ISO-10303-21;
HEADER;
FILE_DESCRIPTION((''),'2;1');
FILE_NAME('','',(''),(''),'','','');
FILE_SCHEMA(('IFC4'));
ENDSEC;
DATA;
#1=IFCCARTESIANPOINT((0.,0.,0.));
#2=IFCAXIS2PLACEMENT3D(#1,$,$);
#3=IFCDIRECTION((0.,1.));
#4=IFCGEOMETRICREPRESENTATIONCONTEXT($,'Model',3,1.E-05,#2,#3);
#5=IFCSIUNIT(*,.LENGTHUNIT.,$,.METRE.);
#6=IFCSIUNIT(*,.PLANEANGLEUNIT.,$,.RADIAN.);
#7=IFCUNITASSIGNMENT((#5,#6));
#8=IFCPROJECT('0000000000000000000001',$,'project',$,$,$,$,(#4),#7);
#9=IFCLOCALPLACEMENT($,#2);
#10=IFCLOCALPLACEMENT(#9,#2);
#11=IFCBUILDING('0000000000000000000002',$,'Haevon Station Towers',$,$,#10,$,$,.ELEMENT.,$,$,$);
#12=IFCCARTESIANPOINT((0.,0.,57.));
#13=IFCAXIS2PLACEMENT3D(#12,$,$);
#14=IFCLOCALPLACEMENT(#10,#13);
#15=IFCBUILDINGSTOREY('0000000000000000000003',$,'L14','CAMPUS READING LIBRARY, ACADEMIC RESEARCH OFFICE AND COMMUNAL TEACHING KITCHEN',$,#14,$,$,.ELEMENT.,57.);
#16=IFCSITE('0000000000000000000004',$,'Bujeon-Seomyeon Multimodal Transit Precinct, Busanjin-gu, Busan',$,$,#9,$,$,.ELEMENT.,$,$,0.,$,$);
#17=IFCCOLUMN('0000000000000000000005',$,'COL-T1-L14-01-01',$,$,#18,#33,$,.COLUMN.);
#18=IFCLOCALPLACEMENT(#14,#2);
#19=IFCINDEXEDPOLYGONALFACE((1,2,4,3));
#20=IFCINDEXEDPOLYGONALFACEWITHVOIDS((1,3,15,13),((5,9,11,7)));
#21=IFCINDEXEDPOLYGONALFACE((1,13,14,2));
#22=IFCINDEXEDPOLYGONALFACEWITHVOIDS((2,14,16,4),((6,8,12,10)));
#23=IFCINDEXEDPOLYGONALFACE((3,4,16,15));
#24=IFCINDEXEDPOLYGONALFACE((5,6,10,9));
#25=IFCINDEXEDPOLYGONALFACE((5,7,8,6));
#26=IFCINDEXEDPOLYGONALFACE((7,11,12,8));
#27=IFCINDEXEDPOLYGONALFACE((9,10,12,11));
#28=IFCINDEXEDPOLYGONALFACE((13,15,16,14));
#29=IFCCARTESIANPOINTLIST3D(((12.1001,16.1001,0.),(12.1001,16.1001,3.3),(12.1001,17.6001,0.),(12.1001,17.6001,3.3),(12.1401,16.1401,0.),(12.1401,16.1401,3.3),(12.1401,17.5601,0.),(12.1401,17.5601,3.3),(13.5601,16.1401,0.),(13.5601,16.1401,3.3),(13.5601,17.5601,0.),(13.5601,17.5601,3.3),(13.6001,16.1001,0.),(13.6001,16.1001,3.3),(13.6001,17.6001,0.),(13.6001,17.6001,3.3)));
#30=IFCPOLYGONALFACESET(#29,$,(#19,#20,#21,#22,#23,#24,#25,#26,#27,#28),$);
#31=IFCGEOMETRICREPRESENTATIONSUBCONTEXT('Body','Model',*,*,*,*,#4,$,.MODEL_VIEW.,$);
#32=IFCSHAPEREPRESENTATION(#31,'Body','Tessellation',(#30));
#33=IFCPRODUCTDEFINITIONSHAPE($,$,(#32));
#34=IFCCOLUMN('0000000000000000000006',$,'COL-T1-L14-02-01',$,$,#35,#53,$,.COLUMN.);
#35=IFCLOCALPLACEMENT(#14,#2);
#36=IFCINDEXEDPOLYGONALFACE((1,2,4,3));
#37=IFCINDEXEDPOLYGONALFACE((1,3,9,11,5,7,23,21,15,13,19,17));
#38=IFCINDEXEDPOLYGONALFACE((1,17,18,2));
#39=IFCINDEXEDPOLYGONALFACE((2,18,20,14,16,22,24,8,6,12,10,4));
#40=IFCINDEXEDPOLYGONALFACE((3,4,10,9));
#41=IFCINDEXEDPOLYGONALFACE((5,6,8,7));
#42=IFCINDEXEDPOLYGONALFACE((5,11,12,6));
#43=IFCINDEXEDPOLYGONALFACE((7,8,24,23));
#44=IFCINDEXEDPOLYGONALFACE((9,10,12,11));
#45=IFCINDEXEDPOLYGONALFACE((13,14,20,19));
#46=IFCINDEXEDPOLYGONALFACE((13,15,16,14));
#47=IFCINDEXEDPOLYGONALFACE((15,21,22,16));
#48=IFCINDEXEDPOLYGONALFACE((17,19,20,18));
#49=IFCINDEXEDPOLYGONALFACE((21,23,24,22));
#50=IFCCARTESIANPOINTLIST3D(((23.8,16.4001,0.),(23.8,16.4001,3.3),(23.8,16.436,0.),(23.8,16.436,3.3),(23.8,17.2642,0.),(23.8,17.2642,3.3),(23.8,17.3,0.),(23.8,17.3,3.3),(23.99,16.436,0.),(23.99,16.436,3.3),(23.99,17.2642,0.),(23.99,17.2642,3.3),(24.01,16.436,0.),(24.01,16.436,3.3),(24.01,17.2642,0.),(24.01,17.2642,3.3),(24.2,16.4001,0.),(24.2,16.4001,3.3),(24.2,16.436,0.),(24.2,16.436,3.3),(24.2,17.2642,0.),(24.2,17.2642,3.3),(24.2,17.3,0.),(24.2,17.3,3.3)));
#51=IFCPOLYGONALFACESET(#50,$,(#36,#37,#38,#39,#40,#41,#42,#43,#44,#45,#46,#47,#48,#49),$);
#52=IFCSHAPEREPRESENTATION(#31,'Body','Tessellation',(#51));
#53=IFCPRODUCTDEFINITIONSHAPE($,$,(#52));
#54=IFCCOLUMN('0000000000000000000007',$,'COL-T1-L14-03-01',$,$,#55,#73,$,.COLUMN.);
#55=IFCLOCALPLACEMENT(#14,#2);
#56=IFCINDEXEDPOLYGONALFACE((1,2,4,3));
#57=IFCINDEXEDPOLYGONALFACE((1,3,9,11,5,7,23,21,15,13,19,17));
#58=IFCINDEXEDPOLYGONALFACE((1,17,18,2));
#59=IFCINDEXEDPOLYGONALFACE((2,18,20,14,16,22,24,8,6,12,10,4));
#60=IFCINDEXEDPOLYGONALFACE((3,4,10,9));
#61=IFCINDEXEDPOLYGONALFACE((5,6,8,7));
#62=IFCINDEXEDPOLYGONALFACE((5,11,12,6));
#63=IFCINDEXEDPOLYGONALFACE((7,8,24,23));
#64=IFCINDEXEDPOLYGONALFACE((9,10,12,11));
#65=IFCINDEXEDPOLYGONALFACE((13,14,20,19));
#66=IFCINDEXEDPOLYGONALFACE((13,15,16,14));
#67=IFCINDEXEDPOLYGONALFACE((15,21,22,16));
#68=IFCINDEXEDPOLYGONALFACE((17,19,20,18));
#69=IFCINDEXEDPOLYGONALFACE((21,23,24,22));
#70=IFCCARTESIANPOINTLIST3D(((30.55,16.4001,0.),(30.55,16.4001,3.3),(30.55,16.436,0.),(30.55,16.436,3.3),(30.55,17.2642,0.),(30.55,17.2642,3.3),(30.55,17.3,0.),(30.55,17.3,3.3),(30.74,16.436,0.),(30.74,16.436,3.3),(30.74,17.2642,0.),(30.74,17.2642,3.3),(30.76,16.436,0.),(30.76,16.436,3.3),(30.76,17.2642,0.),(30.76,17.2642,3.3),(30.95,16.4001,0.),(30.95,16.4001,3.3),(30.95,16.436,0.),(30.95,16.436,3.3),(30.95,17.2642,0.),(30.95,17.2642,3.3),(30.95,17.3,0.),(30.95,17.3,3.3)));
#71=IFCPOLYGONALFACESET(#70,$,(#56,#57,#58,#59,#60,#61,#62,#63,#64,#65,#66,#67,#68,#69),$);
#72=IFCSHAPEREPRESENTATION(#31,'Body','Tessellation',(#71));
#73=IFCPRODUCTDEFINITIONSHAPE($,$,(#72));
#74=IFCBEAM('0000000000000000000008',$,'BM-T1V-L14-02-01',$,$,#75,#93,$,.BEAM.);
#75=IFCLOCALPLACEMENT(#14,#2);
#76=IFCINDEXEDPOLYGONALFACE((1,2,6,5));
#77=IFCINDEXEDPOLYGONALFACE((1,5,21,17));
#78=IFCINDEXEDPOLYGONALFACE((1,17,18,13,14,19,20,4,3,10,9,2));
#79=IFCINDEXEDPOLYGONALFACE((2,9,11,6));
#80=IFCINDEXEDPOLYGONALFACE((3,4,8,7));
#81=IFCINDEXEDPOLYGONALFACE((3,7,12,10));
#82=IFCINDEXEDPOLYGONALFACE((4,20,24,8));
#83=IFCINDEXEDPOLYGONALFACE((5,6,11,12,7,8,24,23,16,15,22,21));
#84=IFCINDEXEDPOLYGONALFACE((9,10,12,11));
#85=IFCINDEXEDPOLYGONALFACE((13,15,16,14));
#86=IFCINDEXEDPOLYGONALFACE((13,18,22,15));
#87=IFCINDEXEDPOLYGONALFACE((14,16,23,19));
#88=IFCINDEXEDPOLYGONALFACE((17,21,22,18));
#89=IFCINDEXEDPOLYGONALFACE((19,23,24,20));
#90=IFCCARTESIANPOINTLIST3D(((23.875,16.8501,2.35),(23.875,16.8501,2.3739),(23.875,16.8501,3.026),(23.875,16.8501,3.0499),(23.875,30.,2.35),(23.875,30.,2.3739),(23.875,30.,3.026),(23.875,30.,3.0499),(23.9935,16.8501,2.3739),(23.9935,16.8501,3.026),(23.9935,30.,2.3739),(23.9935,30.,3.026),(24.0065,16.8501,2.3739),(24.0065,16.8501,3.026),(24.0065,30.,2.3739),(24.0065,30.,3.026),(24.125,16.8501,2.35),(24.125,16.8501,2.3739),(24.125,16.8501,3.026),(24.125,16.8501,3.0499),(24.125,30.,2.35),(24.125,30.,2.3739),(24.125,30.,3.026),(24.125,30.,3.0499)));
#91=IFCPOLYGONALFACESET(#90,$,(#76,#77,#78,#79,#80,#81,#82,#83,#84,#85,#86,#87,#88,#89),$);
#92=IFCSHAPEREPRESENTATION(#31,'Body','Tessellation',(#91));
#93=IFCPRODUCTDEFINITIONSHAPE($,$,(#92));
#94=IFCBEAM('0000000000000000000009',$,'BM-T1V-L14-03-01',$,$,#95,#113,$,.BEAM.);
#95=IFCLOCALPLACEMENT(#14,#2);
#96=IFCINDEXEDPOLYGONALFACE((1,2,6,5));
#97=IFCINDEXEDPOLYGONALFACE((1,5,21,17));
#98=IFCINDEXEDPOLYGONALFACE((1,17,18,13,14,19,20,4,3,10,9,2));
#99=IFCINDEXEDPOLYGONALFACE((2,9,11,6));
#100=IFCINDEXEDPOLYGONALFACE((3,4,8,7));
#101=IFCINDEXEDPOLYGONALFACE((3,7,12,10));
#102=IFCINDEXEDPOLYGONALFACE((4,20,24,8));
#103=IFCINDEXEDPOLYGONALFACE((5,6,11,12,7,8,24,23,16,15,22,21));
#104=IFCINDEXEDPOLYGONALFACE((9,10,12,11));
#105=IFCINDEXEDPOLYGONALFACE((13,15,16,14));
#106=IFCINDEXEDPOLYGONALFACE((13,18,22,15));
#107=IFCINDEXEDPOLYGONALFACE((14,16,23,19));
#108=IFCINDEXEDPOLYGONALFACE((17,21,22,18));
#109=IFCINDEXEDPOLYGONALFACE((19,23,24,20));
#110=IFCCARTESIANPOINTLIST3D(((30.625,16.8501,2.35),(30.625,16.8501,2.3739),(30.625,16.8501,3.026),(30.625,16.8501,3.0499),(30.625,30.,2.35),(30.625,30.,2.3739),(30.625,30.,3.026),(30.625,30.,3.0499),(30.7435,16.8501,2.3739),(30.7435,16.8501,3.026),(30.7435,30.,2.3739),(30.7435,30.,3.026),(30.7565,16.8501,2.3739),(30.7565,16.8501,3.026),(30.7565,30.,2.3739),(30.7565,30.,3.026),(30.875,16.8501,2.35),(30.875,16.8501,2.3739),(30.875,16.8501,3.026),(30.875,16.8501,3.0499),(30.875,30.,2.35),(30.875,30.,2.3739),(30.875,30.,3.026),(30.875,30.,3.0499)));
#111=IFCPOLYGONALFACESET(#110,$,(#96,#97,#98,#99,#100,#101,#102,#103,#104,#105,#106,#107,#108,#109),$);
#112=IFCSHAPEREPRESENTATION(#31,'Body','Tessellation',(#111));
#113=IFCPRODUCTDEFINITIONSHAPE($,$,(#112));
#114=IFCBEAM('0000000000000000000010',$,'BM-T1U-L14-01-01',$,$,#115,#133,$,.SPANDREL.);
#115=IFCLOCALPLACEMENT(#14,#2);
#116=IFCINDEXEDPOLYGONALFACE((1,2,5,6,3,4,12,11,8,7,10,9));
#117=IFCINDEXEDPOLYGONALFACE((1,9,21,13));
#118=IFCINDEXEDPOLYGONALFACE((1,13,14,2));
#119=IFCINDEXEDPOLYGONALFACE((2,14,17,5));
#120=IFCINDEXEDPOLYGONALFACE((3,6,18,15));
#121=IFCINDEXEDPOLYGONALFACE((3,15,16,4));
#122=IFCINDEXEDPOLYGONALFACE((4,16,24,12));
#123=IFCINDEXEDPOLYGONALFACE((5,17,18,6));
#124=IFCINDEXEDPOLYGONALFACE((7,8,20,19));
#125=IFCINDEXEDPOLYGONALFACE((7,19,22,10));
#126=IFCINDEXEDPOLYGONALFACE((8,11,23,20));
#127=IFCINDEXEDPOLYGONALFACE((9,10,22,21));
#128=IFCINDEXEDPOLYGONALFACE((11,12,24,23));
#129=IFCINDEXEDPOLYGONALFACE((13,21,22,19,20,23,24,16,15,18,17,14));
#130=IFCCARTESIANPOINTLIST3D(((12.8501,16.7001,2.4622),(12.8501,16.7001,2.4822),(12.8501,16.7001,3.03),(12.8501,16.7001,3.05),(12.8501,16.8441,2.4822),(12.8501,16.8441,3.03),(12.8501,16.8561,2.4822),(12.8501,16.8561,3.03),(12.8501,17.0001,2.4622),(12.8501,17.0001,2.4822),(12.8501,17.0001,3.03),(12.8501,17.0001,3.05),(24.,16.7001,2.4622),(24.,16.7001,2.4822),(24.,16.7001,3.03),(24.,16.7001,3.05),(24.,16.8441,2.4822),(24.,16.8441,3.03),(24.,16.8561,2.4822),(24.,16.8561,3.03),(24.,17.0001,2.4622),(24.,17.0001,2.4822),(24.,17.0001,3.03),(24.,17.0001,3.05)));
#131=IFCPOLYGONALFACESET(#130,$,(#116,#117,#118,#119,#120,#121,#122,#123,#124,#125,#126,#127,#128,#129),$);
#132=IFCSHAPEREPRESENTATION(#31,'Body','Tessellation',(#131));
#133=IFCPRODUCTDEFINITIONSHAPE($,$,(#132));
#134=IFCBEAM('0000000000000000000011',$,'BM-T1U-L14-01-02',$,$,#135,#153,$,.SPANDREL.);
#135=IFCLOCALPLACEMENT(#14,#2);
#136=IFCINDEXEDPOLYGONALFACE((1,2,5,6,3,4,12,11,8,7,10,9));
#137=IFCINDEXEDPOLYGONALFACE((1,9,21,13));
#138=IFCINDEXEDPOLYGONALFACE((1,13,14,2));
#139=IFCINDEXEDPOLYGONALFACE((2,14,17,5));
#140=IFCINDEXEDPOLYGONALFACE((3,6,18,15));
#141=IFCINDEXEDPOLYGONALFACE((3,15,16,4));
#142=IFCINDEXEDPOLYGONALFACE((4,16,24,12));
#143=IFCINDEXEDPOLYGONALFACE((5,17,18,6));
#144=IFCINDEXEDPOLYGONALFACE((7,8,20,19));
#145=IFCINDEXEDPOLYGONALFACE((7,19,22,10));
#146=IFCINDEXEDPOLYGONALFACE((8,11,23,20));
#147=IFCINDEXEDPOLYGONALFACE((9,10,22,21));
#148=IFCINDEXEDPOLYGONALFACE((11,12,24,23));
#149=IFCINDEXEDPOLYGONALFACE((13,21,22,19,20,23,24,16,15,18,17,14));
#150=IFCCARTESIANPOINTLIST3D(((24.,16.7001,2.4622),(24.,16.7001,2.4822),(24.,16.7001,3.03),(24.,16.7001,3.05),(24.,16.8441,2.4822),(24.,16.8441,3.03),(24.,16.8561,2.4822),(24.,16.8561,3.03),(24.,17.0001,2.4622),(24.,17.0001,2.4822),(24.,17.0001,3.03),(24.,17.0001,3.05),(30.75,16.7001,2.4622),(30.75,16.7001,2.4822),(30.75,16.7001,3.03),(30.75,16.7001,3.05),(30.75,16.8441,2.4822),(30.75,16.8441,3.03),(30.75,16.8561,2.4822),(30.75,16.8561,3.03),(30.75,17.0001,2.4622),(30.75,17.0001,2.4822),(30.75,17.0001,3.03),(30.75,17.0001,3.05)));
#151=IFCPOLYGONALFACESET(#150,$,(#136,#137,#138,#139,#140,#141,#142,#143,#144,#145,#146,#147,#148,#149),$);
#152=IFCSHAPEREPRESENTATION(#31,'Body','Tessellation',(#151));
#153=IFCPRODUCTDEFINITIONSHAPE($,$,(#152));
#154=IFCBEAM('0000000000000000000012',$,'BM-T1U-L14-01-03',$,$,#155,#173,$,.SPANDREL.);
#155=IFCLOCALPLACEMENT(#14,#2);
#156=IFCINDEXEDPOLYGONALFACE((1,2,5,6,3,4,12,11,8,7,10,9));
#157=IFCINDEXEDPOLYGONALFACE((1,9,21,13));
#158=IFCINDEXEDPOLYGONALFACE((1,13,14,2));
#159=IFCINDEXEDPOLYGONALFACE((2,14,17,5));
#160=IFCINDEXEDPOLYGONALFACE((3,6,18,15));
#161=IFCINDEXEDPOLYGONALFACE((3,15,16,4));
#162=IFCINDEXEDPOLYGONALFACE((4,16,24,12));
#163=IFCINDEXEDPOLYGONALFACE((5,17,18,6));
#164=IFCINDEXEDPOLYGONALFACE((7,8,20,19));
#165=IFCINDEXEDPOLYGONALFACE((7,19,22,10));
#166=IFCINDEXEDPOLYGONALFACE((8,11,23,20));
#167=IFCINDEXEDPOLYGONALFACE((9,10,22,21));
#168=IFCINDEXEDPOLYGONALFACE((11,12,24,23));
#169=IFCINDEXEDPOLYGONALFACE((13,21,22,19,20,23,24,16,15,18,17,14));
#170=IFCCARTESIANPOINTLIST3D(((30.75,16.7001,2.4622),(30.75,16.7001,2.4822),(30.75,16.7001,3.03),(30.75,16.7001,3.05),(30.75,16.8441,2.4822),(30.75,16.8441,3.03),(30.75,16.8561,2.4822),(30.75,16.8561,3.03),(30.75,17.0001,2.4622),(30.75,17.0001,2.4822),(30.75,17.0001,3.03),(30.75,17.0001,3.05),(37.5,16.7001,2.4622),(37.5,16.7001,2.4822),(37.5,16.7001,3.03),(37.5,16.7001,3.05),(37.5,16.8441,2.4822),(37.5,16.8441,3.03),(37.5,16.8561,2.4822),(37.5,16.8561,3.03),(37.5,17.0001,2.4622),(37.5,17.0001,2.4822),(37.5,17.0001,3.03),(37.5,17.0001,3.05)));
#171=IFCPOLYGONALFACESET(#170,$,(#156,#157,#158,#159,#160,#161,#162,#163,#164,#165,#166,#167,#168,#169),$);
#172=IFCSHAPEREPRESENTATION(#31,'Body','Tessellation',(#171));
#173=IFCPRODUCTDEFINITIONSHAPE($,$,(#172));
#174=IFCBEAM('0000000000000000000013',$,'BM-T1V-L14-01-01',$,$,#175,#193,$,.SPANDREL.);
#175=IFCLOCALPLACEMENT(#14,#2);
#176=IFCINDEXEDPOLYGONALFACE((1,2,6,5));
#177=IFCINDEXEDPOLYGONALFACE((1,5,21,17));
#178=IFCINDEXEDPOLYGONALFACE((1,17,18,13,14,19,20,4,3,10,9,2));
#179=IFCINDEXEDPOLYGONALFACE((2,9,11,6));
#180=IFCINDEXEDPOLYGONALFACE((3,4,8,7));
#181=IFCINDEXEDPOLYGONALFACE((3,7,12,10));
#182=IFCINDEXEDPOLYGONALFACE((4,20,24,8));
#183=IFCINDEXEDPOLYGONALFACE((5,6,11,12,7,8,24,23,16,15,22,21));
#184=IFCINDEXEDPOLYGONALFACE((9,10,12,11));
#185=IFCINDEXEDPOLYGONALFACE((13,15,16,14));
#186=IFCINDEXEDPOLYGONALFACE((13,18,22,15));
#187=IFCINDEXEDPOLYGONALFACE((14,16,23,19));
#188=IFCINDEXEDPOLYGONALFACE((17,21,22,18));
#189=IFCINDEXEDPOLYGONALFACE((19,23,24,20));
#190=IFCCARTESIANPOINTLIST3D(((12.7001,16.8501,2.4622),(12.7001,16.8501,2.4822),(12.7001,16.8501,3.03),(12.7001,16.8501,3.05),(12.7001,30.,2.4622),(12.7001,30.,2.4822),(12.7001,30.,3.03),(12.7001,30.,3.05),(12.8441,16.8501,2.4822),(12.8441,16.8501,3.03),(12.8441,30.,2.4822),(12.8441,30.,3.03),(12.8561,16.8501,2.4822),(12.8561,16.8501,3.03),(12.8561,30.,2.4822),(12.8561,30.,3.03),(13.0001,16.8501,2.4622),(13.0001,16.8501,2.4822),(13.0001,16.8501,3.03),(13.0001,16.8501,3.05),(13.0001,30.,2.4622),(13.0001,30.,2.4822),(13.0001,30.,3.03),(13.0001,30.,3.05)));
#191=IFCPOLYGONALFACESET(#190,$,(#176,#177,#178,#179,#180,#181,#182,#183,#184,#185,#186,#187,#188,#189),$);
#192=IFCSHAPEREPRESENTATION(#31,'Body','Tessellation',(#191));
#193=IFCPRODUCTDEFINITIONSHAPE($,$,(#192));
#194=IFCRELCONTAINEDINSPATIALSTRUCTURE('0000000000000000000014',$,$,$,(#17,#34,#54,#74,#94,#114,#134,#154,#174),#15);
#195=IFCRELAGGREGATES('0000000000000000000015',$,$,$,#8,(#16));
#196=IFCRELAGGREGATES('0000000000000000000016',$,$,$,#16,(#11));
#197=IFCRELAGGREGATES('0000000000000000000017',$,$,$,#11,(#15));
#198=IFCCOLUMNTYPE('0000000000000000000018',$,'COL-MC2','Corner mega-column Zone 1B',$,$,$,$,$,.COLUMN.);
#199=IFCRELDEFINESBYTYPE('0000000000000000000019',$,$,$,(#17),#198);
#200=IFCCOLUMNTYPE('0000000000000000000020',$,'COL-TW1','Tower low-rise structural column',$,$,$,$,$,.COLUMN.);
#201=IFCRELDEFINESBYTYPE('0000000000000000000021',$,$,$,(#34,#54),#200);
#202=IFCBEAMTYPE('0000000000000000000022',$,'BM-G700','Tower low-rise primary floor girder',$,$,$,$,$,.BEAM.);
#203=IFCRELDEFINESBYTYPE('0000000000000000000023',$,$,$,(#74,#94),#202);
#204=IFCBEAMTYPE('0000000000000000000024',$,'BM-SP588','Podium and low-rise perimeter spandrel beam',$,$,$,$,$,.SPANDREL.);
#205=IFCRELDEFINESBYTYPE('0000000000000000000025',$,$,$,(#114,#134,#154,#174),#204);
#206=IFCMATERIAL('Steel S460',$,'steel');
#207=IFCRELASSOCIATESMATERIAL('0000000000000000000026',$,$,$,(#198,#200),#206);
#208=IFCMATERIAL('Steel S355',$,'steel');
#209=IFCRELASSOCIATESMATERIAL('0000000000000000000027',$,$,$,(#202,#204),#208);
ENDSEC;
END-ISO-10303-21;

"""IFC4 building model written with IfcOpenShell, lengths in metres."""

from ifc_helpers import new_model, si_unit, direction, frame, origin, origin_2d, place, context, subcontext, project, spatial, hollow_rectangle, i_section, extrude, material, material_profile, profile_set, type_object, element, save


model = new_model("IFC4")

# Units and contexts
model_context = context("Model", 3, precision=1e-05, world=origin(), true_north=direction((0.0, 1.0)))
body_context = subcontext(model_context, "Body", "Model", "MODEL_VIEW")
ifc_project = project(units=[si_unit("LENGTHUNIT", "METRE"), si_unit("PLANEANGLEUNIT", "RADIAN")], contexts=[model_context])

# Site, building, storey
site_placement = place(None, origin())
site = spatial("IfcSite", under=ifc_project, at=site_placement, Name="Bujeon-Seomyeon Multimodal Transit Precinct, Busanjin-gu, Busan", CompositionType="ELEMENT", RefElevation=0.0)
building_placement = place(site_placement, origin())
building = spatial("IfcBuilding", under=site, at=building_placement, Name="Haevon Station Towers", CompositionType="ELEMENT")
storey_placement = place(building_placement, frame((0.0, 0.0, 57.0)))
storey = spatial("IfcBuildingStorey", under=building, at=storey_placement, Name="L14", Description="CAMPUS READING LIBRARY, ACADEMIC RESEARCH OFFICE AND COMMUNAL TEACHING KITCHEN", CompositionType="ELEMENT", Elevation=57.0)

# Columns
ifc_material_1 = material(Name="Steel S460", Category="steel")
ifc_material_profile_1 = material_profile(ifc_material_1, hollow_rectangle(XDim=1.5, YDim=1.5, WallThickness=0.04, at=origin_2d()), Name="BOX-1500x1500x40")
ifc_profile_set_1 = profile_set([ifc_material_profile_1], Name="Steel S460")
column_type_1 = type_object("IfcColumnType", Name="COL-MC2", Description="Corner mega-column Zone 1B", PredefinedType="COLUMN", material=ifc_profile_set_1)
column_placement = place(storey_placement, frame((12.8501, 16.8501, 0.0), z_axis=(0.0, 0.0, 1.0), x_axis=(1.0, 0.0, 0.0)))
element("IfcColumn", 1, at=column_placement, inside=storey, type_object=column_type_1, Name="COL-T1-L14-01-01", PredefinedType="COLUMN", context=body_context, shape_type="SweptSolid", body=[
    extrude(hollow_rectangle(XDim=1.5, YDim=1.5, WallThickness=0.04, at=origin_2d()), origin(), (0.0, 0.0, 1.0), 3.3),
])
ifc_material_profile_2 = material_profile(ifc_material_1, i_section(OverallWidth=0.3999, OverallDepth=0.8999, WebThickness=0.02, FlangeThickness=0.0359, at=origin_2d()), Name="H-900x400x20x36")
ifc_profile_set_2 = profile_set([ifc_material_profile_2], Name="Steel S460")
column_type_2 = type_object("IfcColumnType", Name="COL-TW1", Description="Tower low-rise structural column", PredefinedType="COLUMN", material=ifc_profile_set_2)
for number, where, z_axis, x_axis, name in (
    (2, (24.0, 16.8501, 0.0), (0.0, 0.0, 1.0), (1.0, 0.0, 0.0), "COL-T1-L14-02-01"),
    (3, (30.75, 16.8501, 0.0), (0.0, 0.0, 1.0), (1.0, 0.0, 0.0), "COL-T1-L14-03-01"),
):
    element("IfcColumn", number, at=place(storey_placement, frame(where, z_axis=z_axis, x_axis=x_axis)), inside=storey, type_object=column_type_2, Name=name, PredefinedType="COLUMN", context=body_context, shape_type="SweptSolid", body=[
        extrude(i_section(OverallWidth=0.3999, OverallDepth=0.8999, WebThickness=0.02, FlangeThickness=0.0359, at=origin_2d()), origin(), (0.0, 0.0, 1.0), 3.3),
    ])

# Beams
ifc_material_2 = material(Name="Steel S355", Category="steel")
ifc_material_profile_3 = material_profile(ifc_material_2, i_section(OverallWidth=0.25, OverallDepth=0.7, WebThickness=0.0129, FlangeThickness=0.0239, at=origin_2d()), Name="H-700x250x13x24")
ifc_profile_set_3 = profile_set([ifc_material_profile_3], Name="Steel S355")
beam_type_1 = type_object("IfcBeamType", Name="BM-G700", Description="Tower low-rise primary floor girder", PredefinedType="BEAM", material=ifc_profile_set_3)
for number, where, z_axis, x_axis, name in (
    (4, (24.0, 16.8501, 2.7), (0.0, 1.0, 0.0), (-1.0, 0.0, 0.0), "BM-T1V-L14-02-01"),
    (5, (30.75, 16.8501, 2.7), (0.0, 1.0, 0.0), (-1.0, 0.0, 0.0), "BM-T1V-L14-03-01"),
):
    element("IfcBeam", number, at=place(storey_placement, frame(where, z_axis=z_axis, x_axis=x_axis)), inside=storey, type_object=beam_type_1, Name=name, PredefinedType="BEAM", context=body_context, shape_type="SweptSolid", body=[
        extrude(i_section(OverallWidth=0.25, OverallDepth=0.7, WebThickness=0.0129, FlangeThickness=0.0239, at=origin_2d()), origin(), (0.0, 0.0, 1.0), 13.1499),
    ])
ifc_material_profile_4 = material_profile(ifc_material_2, i_section(OverallWidth=0.3, OverallDepth=0.5879, WebThickness=0.012, FlangeThickness=0.02, at=origin_2d()), Name="H-588x300x12x20")
ifc_profile_set_4 = profile_set([ifc_material_profile_4], Name="Steel S355")
beam_type_2 = type_object("IfcBeamType", Name="BM-SP588", Description="Podium and low-rise perimeter spandrel beam", PredefinedType="SPANDREL", material=ifc_profile_set_4)
beam_1_placement = place(storey_placement, frame((12.8501, 16.8501, 2.7561), z_axis=(1.0, 0.0, 0.0), x_axis=(0.0, 1.0, 0.0)))
element("IfcBeam", 6, at=beam_1_placement, inside=storey, type_object=beam_type_2, Name="BM-T1U-L14-01-01", PredefinedType="SPANDREL", context=body_context, shape_type="SweptSolid", body=[
    extrude(i_section(OverallWidth=0.3, OverallDepth=0.5879, WebThickness=0.012, FlangeThickness=0.02, at=origin_2d()), origin(), (0.0, 0.0, 1.0), 11.1499),
])
for number, where, z_axis, x_axis, name in (
    (7, (24.0, 16.8501, 2.7561), (1.0, 0.0, 0.0), (0.0, 1.0, 0.0), "BM-T1U-L14-01-02"),
    (8, (30.75, 16.8501, 2.7561), (1.0, 0.0, 0.0), (0.0, 1.0, 0.0), "BM-T1U-L14-01-03"),
):
    element("IfcBeam", number, at=place(storey_placement, frame(where, z_axis=z_axis, x_axis=x_axis)), inside=storey, type_object=beam_type_2, Name=name, PredefinedType="SPANDREL", context=body_context, shape_type="SweptSolid", body=[
        extrude(i_section(OverallWidth=0.3, OverallDepth=0.5879, WebThickness=0.012, FlangeThickness=0.02, at=origin_2d()), origin(), (0.0, 0.0, 1.0), 6.75),
    ])
beam_2_placement = place(storey_placement, frame((12.8501, 16.8501, 2.7561), z_axis=(0.0, 1.0, 0.0), x_axis=(-1.0, 0.0, 0.0)))
element("IfcBeam", 9, at=beam_2_placement, inside=storey, type_object=beam_type_2, Name="BM-T1V-L14-01-01", PredefinedType="SPANDREL", context=body_context, shape_type="SweptSolid", body=[
    extrude(i_section(OverallWidth=0.3, OverallDepth=0.5879, WebThickness=0.012, FlangeThickness=0.02, at=origin_2d()), origin(), (0.0, 0.0, 1.0), 13.1499),
])

save(model, "model.ifc")
